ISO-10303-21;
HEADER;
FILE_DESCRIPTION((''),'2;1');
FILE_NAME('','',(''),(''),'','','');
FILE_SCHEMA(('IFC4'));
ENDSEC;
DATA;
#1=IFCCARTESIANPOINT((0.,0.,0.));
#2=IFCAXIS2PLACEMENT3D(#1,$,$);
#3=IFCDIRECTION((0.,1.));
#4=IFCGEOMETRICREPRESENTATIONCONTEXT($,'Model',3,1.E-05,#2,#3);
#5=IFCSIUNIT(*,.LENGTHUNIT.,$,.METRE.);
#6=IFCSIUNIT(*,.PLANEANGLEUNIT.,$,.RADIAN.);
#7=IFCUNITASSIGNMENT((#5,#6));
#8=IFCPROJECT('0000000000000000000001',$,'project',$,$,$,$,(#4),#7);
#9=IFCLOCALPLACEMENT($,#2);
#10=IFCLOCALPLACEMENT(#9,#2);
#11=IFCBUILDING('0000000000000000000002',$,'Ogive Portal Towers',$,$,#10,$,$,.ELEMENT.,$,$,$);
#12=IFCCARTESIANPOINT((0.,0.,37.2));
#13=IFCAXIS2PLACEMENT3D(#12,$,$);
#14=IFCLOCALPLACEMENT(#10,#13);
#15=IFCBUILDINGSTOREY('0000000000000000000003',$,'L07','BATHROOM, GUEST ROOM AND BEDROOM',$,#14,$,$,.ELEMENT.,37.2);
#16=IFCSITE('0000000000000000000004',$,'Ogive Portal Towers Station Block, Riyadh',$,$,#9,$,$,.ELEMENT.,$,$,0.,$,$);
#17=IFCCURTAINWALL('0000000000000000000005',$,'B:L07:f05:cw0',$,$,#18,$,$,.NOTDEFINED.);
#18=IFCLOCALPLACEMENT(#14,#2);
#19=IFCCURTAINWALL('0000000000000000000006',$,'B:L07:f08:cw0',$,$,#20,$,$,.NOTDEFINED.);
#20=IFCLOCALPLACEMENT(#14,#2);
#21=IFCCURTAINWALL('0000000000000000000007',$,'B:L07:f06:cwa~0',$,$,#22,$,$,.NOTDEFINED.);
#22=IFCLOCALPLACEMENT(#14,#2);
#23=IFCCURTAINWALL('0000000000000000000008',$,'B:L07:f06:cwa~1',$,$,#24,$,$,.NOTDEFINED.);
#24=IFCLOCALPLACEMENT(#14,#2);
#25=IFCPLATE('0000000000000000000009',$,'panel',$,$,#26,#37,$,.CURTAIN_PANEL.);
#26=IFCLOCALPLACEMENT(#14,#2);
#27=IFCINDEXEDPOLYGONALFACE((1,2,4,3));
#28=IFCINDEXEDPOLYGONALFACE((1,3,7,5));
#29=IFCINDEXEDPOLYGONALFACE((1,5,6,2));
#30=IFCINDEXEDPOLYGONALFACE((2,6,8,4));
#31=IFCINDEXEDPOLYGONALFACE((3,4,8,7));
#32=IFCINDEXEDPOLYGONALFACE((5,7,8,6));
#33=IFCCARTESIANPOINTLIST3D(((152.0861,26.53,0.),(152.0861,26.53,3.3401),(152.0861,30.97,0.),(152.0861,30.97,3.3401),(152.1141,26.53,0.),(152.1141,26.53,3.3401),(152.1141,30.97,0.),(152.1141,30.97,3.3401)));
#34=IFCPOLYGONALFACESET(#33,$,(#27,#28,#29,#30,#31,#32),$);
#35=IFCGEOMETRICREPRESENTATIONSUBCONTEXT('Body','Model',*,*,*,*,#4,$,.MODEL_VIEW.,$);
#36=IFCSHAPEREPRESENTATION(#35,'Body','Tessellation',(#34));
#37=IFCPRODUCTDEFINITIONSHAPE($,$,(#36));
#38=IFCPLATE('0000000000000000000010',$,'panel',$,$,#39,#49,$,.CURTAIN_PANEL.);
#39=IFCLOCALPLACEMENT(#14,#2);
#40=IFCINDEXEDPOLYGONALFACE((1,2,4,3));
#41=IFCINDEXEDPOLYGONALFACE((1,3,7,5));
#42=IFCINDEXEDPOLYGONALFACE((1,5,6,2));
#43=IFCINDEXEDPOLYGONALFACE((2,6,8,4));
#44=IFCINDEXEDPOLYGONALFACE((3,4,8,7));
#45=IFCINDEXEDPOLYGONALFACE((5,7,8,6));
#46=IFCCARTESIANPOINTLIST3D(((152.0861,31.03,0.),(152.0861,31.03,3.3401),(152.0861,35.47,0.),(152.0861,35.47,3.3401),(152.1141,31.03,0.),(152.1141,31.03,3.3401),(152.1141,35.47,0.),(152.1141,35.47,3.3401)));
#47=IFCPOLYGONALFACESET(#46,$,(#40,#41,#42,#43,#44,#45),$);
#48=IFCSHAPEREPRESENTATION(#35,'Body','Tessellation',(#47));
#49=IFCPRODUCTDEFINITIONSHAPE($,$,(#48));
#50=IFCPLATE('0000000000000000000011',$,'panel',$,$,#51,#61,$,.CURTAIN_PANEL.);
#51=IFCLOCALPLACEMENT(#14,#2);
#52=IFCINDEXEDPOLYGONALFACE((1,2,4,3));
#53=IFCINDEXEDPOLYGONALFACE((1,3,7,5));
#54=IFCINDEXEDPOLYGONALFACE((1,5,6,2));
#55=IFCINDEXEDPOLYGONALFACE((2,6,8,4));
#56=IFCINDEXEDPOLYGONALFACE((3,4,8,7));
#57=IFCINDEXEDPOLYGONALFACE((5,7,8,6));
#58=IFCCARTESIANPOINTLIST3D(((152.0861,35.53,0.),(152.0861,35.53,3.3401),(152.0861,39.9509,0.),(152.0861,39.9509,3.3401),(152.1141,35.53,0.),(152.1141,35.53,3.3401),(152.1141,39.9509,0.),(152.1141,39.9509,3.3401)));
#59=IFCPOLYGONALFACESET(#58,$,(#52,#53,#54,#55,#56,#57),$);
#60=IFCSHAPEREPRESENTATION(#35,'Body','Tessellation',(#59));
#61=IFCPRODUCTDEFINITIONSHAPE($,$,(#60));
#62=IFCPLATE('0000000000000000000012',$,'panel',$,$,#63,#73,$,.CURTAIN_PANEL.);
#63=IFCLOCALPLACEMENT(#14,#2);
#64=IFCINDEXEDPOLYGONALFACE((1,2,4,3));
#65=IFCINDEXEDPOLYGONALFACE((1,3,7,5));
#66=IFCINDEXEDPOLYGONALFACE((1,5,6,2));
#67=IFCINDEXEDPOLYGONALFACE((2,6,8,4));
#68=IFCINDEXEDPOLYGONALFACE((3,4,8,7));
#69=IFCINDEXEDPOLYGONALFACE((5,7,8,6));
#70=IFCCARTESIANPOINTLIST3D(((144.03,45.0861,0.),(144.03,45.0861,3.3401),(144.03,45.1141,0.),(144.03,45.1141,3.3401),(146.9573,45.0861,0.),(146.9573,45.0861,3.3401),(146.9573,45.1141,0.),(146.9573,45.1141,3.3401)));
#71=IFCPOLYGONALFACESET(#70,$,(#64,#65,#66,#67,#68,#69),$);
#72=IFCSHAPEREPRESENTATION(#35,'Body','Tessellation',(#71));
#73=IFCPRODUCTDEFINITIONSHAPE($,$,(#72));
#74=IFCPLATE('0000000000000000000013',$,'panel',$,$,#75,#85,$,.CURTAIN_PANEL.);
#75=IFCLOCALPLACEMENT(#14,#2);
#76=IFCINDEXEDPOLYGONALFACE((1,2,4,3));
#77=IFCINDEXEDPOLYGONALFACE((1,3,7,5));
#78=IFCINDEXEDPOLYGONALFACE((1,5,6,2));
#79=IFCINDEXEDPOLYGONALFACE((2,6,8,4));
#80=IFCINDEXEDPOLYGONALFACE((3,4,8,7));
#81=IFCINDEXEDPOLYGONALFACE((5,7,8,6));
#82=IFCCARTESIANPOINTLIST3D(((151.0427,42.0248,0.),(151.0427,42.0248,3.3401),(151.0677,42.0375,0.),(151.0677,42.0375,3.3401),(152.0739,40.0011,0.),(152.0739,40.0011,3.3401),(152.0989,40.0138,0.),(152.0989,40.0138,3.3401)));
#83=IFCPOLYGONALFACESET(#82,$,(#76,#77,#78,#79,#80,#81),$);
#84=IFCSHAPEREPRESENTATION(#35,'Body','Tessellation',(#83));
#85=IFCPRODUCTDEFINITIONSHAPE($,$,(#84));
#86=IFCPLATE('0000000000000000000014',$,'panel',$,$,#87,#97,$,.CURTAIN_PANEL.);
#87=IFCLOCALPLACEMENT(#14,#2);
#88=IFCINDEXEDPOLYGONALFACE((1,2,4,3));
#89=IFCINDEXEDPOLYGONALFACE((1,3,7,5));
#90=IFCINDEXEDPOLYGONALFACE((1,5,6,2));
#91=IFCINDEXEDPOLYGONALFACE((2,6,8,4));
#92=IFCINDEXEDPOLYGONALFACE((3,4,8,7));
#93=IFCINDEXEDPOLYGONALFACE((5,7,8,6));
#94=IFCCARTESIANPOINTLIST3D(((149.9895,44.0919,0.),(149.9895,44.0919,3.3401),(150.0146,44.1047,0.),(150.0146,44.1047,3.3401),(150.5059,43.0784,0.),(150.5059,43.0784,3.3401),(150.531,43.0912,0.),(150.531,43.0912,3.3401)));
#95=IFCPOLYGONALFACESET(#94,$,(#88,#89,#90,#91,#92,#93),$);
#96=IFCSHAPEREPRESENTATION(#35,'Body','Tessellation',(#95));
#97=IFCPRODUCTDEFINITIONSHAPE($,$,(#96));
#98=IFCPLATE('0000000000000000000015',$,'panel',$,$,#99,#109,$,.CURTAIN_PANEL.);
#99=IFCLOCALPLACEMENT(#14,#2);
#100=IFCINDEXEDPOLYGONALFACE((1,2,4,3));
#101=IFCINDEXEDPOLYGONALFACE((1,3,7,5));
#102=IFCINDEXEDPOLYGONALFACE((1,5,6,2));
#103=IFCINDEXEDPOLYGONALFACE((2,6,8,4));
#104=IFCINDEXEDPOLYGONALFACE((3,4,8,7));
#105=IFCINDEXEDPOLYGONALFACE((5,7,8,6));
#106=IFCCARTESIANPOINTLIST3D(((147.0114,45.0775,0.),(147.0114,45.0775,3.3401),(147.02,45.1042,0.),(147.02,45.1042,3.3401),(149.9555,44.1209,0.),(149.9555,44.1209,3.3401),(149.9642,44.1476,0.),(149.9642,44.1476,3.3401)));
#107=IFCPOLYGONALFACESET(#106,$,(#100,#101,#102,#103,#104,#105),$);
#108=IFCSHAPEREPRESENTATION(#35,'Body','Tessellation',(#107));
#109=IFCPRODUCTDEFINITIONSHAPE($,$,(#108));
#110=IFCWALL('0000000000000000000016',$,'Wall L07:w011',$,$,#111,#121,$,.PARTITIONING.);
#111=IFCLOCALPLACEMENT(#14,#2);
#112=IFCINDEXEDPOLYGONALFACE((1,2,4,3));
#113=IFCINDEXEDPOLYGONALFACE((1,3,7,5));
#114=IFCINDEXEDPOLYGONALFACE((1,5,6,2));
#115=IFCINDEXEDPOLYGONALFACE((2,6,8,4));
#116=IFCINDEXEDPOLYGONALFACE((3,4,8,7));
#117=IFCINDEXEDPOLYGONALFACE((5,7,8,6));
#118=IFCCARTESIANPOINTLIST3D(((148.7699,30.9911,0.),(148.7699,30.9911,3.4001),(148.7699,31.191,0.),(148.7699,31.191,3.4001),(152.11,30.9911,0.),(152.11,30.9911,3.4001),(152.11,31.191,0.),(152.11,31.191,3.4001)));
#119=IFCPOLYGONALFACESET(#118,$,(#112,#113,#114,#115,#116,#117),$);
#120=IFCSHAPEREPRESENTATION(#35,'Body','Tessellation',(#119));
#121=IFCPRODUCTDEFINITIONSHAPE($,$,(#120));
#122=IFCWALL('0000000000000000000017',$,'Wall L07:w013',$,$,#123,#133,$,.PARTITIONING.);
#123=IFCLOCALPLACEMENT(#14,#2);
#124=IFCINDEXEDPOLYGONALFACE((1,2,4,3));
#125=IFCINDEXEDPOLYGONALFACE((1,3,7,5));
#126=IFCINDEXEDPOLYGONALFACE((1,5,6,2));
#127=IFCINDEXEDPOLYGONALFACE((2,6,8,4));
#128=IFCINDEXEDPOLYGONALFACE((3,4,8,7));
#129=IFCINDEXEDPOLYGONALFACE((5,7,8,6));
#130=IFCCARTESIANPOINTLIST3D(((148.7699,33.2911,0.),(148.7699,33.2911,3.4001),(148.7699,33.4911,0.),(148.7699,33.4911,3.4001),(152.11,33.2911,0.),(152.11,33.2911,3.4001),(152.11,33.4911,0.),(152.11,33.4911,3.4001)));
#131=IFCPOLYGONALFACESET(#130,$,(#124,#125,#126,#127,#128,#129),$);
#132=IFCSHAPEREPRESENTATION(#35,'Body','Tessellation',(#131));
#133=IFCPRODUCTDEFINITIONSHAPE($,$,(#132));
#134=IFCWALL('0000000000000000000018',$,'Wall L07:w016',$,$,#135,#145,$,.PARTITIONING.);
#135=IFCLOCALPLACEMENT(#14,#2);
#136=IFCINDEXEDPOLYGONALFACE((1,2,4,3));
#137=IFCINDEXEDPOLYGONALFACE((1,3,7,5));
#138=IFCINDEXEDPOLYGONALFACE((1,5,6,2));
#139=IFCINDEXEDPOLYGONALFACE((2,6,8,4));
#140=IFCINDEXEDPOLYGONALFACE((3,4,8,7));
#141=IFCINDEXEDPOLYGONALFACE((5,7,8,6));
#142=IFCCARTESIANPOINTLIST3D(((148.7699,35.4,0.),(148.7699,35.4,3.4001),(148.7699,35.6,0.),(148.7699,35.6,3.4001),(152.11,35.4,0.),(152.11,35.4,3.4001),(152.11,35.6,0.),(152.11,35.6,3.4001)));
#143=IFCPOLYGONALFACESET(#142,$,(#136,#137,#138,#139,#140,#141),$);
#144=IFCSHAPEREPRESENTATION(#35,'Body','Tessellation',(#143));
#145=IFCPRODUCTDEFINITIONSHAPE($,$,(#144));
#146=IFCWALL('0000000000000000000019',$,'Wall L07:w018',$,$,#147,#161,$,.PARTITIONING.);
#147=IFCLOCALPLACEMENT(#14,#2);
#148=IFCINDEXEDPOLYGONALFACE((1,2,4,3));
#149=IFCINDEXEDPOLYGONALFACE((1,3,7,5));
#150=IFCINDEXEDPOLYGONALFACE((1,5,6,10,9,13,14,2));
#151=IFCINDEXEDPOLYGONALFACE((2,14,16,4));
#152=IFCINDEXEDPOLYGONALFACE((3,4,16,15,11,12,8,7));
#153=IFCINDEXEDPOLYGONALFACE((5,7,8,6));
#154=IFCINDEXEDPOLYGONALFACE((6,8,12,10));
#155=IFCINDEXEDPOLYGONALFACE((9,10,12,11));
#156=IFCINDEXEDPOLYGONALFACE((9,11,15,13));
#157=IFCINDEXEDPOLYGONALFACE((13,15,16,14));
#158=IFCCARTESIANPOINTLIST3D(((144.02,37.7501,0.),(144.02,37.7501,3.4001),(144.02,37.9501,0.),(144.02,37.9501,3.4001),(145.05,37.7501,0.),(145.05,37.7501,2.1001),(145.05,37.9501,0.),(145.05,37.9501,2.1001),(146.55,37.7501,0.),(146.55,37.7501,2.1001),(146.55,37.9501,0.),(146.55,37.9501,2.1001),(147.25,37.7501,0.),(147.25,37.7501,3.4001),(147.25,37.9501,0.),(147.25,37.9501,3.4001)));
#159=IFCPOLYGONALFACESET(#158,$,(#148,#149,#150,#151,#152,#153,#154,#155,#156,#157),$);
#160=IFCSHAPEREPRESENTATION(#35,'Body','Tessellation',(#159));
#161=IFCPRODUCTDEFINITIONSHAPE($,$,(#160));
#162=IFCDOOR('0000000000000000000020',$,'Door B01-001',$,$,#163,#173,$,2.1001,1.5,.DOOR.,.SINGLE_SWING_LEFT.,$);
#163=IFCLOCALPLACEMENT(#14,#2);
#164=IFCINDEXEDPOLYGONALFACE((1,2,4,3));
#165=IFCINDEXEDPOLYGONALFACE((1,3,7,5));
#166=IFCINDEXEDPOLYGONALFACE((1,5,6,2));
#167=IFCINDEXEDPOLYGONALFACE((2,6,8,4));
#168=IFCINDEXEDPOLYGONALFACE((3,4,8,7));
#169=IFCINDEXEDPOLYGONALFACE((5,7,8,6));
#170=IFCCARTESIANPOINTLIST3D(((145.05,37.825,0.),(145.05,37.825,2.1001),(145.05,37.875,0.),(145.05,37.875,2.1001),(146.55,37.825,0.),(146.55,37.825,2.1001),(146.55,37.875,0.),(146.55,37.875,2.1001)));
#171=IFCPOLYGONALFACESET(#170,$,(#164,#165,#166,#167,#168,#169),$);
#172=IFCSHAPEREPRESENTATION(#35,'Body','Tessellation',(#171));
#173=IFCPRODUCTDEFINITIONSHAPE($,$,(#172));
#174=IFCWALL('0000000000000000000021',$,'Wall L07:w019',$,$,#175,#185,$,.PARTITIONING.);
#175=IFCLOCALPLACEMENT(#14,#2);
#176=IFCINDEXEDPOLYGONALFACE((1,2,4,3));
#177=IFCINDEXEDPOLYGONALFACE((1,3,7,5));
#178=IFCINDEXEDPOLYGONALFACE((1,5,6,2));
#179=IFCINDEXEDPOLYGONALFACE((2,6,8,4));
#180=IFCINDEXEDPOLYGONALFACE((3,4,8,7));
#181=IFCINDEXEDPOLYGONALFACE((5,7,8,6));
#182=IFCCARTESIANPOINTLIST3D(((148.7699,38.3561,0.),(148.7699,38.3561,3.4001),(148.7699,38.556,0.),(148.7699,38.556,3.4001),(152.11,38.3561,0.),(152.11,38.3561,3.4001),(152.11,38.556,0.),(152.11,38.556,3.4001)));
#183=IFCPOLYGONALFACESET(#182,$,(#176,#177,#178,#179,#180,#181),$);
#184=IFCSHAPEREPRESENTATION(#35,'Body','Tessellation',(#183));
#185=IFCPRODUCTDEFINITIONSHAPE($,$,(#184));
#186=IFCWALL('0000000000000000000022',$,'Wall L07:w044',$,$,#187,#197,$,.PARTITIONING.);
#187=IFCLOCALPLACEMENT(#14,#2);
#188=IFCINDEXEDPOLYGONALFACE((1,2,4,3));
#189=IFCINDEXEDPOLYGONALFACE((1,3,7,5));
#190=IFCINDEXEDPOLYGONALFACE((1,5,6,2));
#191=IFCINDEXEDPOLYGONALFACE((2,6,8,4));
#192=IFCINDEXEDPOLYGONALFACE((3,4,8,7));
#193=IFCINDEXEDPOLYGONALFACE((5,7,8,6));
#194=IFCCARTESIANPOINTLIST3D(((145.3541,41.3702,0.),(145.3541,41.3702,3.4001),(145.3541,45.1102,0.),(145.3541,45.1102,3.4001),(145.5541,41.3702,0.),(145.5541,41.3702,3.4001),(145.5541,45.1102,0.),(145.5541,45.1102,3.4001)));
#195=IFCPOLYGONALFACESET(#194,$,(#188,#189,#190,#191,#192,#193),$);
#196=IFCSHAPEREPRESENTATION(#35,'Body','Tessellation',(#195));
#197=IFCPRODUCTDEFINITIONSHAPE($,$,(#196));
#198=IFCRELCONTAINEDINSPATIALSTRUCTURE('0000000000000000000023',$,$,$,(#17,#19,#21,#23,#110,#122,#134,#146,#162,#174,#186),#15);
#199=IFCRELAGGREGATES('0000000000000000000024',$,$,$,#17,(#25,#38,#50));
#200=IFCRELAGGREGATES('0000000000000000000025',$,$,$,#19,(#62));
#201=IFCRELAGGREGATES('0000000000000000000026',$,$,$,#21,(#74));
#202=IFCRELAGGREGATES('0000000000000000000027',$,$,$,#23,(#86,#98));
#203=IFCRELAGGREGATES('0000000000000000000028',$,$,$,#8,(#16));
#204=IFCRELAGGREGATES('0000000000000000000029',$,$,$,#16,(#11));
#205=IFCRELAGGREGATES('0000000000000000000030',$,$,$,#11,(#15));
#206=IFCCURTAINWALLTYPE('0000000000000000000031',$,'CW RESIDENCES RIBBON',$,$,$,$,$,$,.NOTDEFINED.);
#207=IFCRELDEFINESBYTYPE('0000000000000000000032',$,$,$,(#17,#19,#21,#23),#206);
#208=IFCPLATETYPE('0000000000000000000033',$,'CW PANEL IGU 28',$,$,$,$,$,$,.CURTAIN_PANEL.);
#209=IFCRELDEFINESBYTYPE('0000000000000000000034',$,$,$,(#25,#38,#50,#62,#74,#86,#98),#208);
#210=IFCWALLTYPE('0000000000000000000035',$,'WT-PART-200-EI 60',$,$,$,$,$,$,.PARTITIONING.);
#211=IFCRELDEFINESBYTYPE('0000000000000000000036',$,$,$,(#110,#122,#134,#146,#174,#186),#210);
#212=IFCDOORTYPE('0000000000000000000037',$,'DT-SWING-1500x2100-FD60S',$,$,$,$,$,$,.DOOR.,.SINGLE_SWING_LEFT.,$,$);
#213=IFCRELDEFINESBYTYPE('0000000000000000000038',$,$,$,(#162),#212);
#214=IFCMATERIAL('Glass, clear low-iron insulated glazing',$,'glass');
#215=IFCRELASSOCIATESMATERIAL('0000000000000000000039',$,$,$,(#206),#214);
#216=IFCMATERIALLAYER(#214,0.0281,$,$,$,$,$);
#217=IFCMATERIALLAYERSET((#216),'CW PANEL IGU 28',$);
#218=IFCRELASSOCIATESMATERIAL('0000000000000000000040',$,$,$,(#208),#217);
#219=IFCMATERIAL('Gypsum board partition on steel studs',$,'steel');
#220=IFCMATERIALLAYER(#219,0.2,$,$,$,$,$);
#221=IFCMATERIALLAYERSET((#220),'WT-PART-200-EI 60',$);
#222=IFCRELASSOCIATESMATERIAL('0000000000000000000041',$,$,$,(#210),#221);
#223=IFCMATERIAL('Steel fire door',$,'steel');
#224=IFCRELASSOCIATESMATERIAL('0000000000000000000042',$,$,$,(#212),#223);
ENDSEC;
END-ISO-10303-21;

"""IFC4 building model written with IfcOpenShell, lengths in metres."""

from ifc_helpers import new_model, si_unit, direction, frame, frame_2d, origin, origin_2d, place, context, subcontext, project, spatial, rectangle, extrude, material, layer, layer_set, type_object, element, fill, aggregate, save


model = new_model("IFC4")

# Units and contexts
model_context = context("Model", 3, precision=1e-05, world=origin(), true_north=direction((0.0, 1.0)))
body_context = subcontext(model_context, "Body", "Model", "MODEL_VIEW")
ifc_project = project(units=[si_unit("LENGTHUNIT", "METRE"), si_unit("PLANEANGLEUNIT", "RADIAN")], contexts=[model_context])

# Site, building, storey
site_placement = place(None, origin())
site = spatial("IfcSite", under=ifc_project, at=site_placement, Name="Ogive Portal Towers Station Block, Riyadh", CompositionType="ELEMENT", RefElevation=0.0)
building_placement = place(site_placement, origin())
building = spatial("IfcBuilding", under=site, at=building_placement, Name="Ogive Portal Towers", CompositionType="ELEMENT")
storey_placement = place(building_placement, frame((0.0, 0.0, 37.2)))
storey = spatial("IfcBuildingStorey", under=building, at=storey_placement, Name="L07", Description="BATHROOM, GUEST ROOM AND BEDROOM", CompositionType="ELEMENT", Elevation=37.2)

# Curtain walls
ifc_material_1 = material(Name="Glass, clear low-iron insulated glazing", Category="glass")
curtain_wall_type = type_object("IfcCurtainWallType", Name="CW RESIDENCES RIBBON", PredefinedType="NOTDEFINED", material=ifc_material_1)
curtain_wall_1_placement = place(storey_placement, origin())
curtain_wall_1 = element("IfcCurtainWall", 1, at=curtain_wall_1_placement, inside=storey, type_object=curtain_wall_type, Name="B:L07:f05:cw0", PredefinedType="NOTDEFINED")
curtain_wall_2_placement = place(storey_placement, origin())
curtain_wall_2 = element("IfcCurtainWall", 2, at=curtain_wall_2_placement, inside=storey, type_object=curtain_wall_type, Name="B:L07:f08:cw0", PredefinedType="NOTDEFINED")

# Curtain wall
curtain_wall_3_placement = place(storey_placement, origin())
curtain_wall_3 = element("IfcCurtainWall", 3, at=curtain_wall_3_placement, inside=storey, type_object=curtain_wall_type, Name="B:L07:f06:cwa~0", PredefinedType="NOTDEFINED")

# Curtain wall
curtain_wall_4_placement = place(storey_placement, origin())
curtain_wall_4 = element("IfcCurtainWall", 4, at=curtain_wall_4_placement, inside=storey, type_object=curtain_wall_type, Name="B:L07:f06:cwa~1", PredefinedType="NOTDEFINED")

# Plates
ifc_layer_1 = layer(ifc_material_1, 0.0281)
ifc_layer_set_1 = layer_set([ifc_layer_1], Name="CW PANEL IGU 28")
plate_type = type_object("IfcPlateType", Name="CW PANEL IGU 28", PredefinedType="CURTAIN_PANEL", material=ifc_layer_set_1)
plate_1_placement = place(storey_placement, frame((152.1001, 28.75, 0.0), z_axis=(0.0, 0.0, 1.0), x_axis=(0.0, 1.0, 0.0)))
plate_1 = element("IfcPlate", 5, at=plate_1_placement, type_object=plate_type, Name="panel", PredefinedType="CURTAIN_PANEL", context=body_context, shape_type="SweptSolid", body=[
    extrude(rectangle(XDim=4.4399, YDim=0.0281, at=origin_2d()), origin(), (0.0, 0.0, 1.0), 3.3401),
])
plate_2_placement = place(storey_placement, frame((152.1001, 33.25, 0.0), z_axis=(0.0, 0.0, 1.0), x_axis=(0.0, 1.0, 0.0)))
plate_2 = element("IfcPlate", 6, at=plate_2_placement, type_object=plate_type, Name="panel", PredefinedType="CURTAIN_PANEL", context=body_context, shape_type="SweptSolid", body=[
    extrude(rectangle(XDim=4.4399, YDim=0.0281, at=origin_2d()), origin(), (0.0, 0.0, 1.0), 3.3401),
])
plate_3_placement = place(storey_placement, frame((152.1001, 37.7405, 0.0), z_axis=(0.0, 0.0, 1.0), x_axis=(0.0, 1.0, 0.0)))
plate_3 = element("IfcPlate", 7, at=plate_3_placement, type_object=plate_type, Name="panel", PredefinedType="CURTAIN_PANEL", context=body_context, shape_type="SweptSolid", body=[
    extrude(rectangle(XDim=4.4209, YDim=0.0281, at=origin_2d()), origin(), (0.0, 0.0, 1.0), 3.3401),
])
aggregate(curtain_wall_1, [plate_1, plate_2, plate_3])
plate_4_placement = place(storey_placement, frame((145.4937, 45.1001, 0.0), z_axis=(0.0, 0.0, 1.0), x_axis=(-1.0, 0.0, 0.0)))
plate_4 = element("IfcPlate", 8, at=plate_4_placement, type_object=plate_type, Name="panel", PredefinedType="CURTAIN_PANEL", context=body_context, shape_type="SweptSolid", body=[
    extrude(rectangle(XDim=2.9272, YDim=0.0281, at=origin_2d()), origin(), (0.0, 0.0, 1.0), 3.3401),
])
aggregate(curtain_wall_2, [plate_4])
plate_5_placement = place(storey_placement, frame((151.5708, 41.0193, 0.0), z_axis=(0.0, 0.0, 1.0), x_axis=(-0.45399, 0.891007, 0.0)))
plate_5 = element("IfcPlate", 9, at=plate_5_placement, type_object=plate_type, Name="panel", PredefinedType="CURTAIN_PANEL", context=body_context, shape_type="SweptSolid", body=[
    extrude(rectangle(XDim=2.2712, YDim=0.0281, at=origin_2d()), origin(), (0.0, 0.0, 1.0), 3.3401),
])
aggregate(curtain_wall_3, [plate_5])
plate_6_placement = place(storey_placement, frame((150.2603, 43.5916, 0.0), z_axis=(0.0, 0.0, 1.0), x_axis=(-0.45399, 0.891007, 0.0)))
plate_6 = element("IfcPlate", 10, at=plate_6_placement, type_object=plate_type, Name="panel", PredefinedType="CURTAIN_PANEL", context=body_context, shape_type="SweptSolid", body=[
    extrude(rectangle(XDim=1.1375, YDim=0.0281, at=origin_2d()), origin(), (0.0, 0.0, 1.0), 3.3401),
])
plate_7_placement = place(storey_placement, frame((148.4878, 44.6125, 0.0), z_axis=(0.0, 0.0, 1.0), x_axis=(-0.951057, 0.309017, 0.0)))
plate_7 = element("IfcPlate", 11, at=plate_7_placement, type_object=plate_type, Name="panel", PredefinedType="CURTAIN_PANEL", context=body_context, shape_type="SweptSolid", body=[
    extrude(rectangle(XDim=3.0957, YDim=0.0281, at=origin_2d()), origin(), (0.0, 0.0, 1.0), 3.3401),
])
aggregate(curtain_wall_4, [plate_6, plate_7])

# Walls
ifc_material_2 = material(Name="Gypsum board partition on steel studs", Category="steel")
ifc_layer_2 = layer(ifc_material_2, 0.2)
ifc_layer_set_2 = layer_set([ifc_layer_2], Name="WT-PART-200-EI 60")
wall_type = type_object("IfcWallType", Name="WT-PART-200-EI 60", PredefinedType="PARTITIONING", material=ifc_layer_set_2)
for number, where, z_axis, x_axis, name in (
    (12, (148.77, 31.0911, 0.0), (0.0, 0.0, 1.0), (1.0, 0.0, 0.0), "Wall L07:w011"),
    (13, (148.77, 33.3911, 0.0), (0.0, 0.0, 1.0), (1.0, 0.0, 0.0), "Wall L07:w013"),
    (14, (148.77, 35.5, 0.0), (0.0, 0.0, 1.0), (1.0, 0.0, 0.0), "Wall L07:w016"),
):
    element("IfcWall", number, at=place(storey_placement, frame(where, z_axis=z_axis, x_axis=x_axis)), inside=storey, type_object=wall_type, Name=name, PredefinedType="PARTITIONING", context=body_context, shape_type="SweptSolid", body=[
        extrude(rectangle(XDim=3.3401, YDim=0.2, at=frame_2d((1.6699, 0.0))), origin(), (0.0, 0.0, 1.0), 3.4001),
    ])

# Wall, opening, door
wall_1_placement = place(storey_placement, frame((144.02, 37.8501, 0.0), z_axis=(0.0, 0.0, 1.0), x_axis=(1.0, 0.0, 0.0)))
wall_1 = element("IfcWall", 15, at=wall_1_placement, inside=storey, type_object=wall_type, Name="Wall L07:w018", PredefinedType="PARTITIONING", context=body_context, shape_type="SweptSolid", body=[
    extrude(rectangle(XDim=3.23, YDim=0.2, at=frame_2d((1.615, 0.0))), origin(), (0.0, 0.0, 1.0), 3.4001),
])
opening_placement = place(wall_1_placement, frame((1.03, 0.0, 0.0)))
opening = element("IfcOpeningElement", 16, at=opening_placement, cuts=wall_1, PredefinedType="OPENING", context=body_context, shape_type="SweptSolid", body=[
    extrude(rectangle(XDim=1.5, YDim=2.1001, at=frame_2d((0.75, 1.05))), frame((0.0, 0.1099, 0.0), z_axis=(0.0, -1.0, 0.0), x_axis=(1.0, 0.0, 0.0)), (0.0, 0.0, 1.0), 0.22),
])
ifc_material_3 = material(Name="Steel fire door", Category="steel")
door_type = type_object("IfcDoorType", Name="DT-SWING-1500x2100-FD60S", OperationType="SINGLE_SWING_LEFT", PredefinedType="DOOR", material=ifc_material_3)
door_placement = place(opening_placement, origin())
door = element("IfcDoor", 17, at=door_placement, inside=storey, type_object=door_type, Name="Door B01-001", OperationType="SINGLE_SWING_LEFT", OverallHeight=2.1001, OverallWidth=1.5, PredefinedType="DOOR", context=body_context, shape_type="SweptSolid", body=[
    extrude(rectangle(XDim=1.5, YDim=2.1001, at=frame_2d((0.75, 1.05))), frame((0.0, 0.0249, 0.0), z_axis=(0.0, -1.0, 0.0), x_axis=(1.0, 0.0, 0.0)), (0.0, 0.0, 1.0), 0.05),
])
fill(opening, door)

# Walls
wall_2_placement = place(storey_placement, frame((148.77, 38.4561, 0.0), z_axis=(0.0, 0.0, 1.0), x_axis=(1.0, 0.0, 0.0)))
element("IfcWall", 18, at=wall_2_placement, inside=storey, type_object=wall_type, Name="Wall L07:w019", PredefinedType="PARTITIONING", context=body_context, shape_type="SweptSolid", body=[
    extrude(rectangle(XDim=3.3401, YDim=0.2, at=frame_2d((1.6699, 0.0))), origin(), (0.0, 0.0, 1.0), 3.4001),
])
wall_3_placement = place(storey_placement, frame((145.4541, 41.3701, 0.0), z_axis=(0.0, 0.0, 1.0), x_axis=(0.0, 1.0, 0.0)))
element("IfcWall", 19, at=wall_3_placement, inside=storey, type_object=wall_type, Name="Wall L07:w044", PredefinedType="PARTITIONING", context=body_context, shape_type="SweptSolid", body=[
    extrude(rectangle(XDim=3.74, YDim=0.2, at=frame_2d((1.8701, 0.0))), origin(), (0.0, 0.0, 1.0), 3.4001),
])

save(model, "model.ifc")
